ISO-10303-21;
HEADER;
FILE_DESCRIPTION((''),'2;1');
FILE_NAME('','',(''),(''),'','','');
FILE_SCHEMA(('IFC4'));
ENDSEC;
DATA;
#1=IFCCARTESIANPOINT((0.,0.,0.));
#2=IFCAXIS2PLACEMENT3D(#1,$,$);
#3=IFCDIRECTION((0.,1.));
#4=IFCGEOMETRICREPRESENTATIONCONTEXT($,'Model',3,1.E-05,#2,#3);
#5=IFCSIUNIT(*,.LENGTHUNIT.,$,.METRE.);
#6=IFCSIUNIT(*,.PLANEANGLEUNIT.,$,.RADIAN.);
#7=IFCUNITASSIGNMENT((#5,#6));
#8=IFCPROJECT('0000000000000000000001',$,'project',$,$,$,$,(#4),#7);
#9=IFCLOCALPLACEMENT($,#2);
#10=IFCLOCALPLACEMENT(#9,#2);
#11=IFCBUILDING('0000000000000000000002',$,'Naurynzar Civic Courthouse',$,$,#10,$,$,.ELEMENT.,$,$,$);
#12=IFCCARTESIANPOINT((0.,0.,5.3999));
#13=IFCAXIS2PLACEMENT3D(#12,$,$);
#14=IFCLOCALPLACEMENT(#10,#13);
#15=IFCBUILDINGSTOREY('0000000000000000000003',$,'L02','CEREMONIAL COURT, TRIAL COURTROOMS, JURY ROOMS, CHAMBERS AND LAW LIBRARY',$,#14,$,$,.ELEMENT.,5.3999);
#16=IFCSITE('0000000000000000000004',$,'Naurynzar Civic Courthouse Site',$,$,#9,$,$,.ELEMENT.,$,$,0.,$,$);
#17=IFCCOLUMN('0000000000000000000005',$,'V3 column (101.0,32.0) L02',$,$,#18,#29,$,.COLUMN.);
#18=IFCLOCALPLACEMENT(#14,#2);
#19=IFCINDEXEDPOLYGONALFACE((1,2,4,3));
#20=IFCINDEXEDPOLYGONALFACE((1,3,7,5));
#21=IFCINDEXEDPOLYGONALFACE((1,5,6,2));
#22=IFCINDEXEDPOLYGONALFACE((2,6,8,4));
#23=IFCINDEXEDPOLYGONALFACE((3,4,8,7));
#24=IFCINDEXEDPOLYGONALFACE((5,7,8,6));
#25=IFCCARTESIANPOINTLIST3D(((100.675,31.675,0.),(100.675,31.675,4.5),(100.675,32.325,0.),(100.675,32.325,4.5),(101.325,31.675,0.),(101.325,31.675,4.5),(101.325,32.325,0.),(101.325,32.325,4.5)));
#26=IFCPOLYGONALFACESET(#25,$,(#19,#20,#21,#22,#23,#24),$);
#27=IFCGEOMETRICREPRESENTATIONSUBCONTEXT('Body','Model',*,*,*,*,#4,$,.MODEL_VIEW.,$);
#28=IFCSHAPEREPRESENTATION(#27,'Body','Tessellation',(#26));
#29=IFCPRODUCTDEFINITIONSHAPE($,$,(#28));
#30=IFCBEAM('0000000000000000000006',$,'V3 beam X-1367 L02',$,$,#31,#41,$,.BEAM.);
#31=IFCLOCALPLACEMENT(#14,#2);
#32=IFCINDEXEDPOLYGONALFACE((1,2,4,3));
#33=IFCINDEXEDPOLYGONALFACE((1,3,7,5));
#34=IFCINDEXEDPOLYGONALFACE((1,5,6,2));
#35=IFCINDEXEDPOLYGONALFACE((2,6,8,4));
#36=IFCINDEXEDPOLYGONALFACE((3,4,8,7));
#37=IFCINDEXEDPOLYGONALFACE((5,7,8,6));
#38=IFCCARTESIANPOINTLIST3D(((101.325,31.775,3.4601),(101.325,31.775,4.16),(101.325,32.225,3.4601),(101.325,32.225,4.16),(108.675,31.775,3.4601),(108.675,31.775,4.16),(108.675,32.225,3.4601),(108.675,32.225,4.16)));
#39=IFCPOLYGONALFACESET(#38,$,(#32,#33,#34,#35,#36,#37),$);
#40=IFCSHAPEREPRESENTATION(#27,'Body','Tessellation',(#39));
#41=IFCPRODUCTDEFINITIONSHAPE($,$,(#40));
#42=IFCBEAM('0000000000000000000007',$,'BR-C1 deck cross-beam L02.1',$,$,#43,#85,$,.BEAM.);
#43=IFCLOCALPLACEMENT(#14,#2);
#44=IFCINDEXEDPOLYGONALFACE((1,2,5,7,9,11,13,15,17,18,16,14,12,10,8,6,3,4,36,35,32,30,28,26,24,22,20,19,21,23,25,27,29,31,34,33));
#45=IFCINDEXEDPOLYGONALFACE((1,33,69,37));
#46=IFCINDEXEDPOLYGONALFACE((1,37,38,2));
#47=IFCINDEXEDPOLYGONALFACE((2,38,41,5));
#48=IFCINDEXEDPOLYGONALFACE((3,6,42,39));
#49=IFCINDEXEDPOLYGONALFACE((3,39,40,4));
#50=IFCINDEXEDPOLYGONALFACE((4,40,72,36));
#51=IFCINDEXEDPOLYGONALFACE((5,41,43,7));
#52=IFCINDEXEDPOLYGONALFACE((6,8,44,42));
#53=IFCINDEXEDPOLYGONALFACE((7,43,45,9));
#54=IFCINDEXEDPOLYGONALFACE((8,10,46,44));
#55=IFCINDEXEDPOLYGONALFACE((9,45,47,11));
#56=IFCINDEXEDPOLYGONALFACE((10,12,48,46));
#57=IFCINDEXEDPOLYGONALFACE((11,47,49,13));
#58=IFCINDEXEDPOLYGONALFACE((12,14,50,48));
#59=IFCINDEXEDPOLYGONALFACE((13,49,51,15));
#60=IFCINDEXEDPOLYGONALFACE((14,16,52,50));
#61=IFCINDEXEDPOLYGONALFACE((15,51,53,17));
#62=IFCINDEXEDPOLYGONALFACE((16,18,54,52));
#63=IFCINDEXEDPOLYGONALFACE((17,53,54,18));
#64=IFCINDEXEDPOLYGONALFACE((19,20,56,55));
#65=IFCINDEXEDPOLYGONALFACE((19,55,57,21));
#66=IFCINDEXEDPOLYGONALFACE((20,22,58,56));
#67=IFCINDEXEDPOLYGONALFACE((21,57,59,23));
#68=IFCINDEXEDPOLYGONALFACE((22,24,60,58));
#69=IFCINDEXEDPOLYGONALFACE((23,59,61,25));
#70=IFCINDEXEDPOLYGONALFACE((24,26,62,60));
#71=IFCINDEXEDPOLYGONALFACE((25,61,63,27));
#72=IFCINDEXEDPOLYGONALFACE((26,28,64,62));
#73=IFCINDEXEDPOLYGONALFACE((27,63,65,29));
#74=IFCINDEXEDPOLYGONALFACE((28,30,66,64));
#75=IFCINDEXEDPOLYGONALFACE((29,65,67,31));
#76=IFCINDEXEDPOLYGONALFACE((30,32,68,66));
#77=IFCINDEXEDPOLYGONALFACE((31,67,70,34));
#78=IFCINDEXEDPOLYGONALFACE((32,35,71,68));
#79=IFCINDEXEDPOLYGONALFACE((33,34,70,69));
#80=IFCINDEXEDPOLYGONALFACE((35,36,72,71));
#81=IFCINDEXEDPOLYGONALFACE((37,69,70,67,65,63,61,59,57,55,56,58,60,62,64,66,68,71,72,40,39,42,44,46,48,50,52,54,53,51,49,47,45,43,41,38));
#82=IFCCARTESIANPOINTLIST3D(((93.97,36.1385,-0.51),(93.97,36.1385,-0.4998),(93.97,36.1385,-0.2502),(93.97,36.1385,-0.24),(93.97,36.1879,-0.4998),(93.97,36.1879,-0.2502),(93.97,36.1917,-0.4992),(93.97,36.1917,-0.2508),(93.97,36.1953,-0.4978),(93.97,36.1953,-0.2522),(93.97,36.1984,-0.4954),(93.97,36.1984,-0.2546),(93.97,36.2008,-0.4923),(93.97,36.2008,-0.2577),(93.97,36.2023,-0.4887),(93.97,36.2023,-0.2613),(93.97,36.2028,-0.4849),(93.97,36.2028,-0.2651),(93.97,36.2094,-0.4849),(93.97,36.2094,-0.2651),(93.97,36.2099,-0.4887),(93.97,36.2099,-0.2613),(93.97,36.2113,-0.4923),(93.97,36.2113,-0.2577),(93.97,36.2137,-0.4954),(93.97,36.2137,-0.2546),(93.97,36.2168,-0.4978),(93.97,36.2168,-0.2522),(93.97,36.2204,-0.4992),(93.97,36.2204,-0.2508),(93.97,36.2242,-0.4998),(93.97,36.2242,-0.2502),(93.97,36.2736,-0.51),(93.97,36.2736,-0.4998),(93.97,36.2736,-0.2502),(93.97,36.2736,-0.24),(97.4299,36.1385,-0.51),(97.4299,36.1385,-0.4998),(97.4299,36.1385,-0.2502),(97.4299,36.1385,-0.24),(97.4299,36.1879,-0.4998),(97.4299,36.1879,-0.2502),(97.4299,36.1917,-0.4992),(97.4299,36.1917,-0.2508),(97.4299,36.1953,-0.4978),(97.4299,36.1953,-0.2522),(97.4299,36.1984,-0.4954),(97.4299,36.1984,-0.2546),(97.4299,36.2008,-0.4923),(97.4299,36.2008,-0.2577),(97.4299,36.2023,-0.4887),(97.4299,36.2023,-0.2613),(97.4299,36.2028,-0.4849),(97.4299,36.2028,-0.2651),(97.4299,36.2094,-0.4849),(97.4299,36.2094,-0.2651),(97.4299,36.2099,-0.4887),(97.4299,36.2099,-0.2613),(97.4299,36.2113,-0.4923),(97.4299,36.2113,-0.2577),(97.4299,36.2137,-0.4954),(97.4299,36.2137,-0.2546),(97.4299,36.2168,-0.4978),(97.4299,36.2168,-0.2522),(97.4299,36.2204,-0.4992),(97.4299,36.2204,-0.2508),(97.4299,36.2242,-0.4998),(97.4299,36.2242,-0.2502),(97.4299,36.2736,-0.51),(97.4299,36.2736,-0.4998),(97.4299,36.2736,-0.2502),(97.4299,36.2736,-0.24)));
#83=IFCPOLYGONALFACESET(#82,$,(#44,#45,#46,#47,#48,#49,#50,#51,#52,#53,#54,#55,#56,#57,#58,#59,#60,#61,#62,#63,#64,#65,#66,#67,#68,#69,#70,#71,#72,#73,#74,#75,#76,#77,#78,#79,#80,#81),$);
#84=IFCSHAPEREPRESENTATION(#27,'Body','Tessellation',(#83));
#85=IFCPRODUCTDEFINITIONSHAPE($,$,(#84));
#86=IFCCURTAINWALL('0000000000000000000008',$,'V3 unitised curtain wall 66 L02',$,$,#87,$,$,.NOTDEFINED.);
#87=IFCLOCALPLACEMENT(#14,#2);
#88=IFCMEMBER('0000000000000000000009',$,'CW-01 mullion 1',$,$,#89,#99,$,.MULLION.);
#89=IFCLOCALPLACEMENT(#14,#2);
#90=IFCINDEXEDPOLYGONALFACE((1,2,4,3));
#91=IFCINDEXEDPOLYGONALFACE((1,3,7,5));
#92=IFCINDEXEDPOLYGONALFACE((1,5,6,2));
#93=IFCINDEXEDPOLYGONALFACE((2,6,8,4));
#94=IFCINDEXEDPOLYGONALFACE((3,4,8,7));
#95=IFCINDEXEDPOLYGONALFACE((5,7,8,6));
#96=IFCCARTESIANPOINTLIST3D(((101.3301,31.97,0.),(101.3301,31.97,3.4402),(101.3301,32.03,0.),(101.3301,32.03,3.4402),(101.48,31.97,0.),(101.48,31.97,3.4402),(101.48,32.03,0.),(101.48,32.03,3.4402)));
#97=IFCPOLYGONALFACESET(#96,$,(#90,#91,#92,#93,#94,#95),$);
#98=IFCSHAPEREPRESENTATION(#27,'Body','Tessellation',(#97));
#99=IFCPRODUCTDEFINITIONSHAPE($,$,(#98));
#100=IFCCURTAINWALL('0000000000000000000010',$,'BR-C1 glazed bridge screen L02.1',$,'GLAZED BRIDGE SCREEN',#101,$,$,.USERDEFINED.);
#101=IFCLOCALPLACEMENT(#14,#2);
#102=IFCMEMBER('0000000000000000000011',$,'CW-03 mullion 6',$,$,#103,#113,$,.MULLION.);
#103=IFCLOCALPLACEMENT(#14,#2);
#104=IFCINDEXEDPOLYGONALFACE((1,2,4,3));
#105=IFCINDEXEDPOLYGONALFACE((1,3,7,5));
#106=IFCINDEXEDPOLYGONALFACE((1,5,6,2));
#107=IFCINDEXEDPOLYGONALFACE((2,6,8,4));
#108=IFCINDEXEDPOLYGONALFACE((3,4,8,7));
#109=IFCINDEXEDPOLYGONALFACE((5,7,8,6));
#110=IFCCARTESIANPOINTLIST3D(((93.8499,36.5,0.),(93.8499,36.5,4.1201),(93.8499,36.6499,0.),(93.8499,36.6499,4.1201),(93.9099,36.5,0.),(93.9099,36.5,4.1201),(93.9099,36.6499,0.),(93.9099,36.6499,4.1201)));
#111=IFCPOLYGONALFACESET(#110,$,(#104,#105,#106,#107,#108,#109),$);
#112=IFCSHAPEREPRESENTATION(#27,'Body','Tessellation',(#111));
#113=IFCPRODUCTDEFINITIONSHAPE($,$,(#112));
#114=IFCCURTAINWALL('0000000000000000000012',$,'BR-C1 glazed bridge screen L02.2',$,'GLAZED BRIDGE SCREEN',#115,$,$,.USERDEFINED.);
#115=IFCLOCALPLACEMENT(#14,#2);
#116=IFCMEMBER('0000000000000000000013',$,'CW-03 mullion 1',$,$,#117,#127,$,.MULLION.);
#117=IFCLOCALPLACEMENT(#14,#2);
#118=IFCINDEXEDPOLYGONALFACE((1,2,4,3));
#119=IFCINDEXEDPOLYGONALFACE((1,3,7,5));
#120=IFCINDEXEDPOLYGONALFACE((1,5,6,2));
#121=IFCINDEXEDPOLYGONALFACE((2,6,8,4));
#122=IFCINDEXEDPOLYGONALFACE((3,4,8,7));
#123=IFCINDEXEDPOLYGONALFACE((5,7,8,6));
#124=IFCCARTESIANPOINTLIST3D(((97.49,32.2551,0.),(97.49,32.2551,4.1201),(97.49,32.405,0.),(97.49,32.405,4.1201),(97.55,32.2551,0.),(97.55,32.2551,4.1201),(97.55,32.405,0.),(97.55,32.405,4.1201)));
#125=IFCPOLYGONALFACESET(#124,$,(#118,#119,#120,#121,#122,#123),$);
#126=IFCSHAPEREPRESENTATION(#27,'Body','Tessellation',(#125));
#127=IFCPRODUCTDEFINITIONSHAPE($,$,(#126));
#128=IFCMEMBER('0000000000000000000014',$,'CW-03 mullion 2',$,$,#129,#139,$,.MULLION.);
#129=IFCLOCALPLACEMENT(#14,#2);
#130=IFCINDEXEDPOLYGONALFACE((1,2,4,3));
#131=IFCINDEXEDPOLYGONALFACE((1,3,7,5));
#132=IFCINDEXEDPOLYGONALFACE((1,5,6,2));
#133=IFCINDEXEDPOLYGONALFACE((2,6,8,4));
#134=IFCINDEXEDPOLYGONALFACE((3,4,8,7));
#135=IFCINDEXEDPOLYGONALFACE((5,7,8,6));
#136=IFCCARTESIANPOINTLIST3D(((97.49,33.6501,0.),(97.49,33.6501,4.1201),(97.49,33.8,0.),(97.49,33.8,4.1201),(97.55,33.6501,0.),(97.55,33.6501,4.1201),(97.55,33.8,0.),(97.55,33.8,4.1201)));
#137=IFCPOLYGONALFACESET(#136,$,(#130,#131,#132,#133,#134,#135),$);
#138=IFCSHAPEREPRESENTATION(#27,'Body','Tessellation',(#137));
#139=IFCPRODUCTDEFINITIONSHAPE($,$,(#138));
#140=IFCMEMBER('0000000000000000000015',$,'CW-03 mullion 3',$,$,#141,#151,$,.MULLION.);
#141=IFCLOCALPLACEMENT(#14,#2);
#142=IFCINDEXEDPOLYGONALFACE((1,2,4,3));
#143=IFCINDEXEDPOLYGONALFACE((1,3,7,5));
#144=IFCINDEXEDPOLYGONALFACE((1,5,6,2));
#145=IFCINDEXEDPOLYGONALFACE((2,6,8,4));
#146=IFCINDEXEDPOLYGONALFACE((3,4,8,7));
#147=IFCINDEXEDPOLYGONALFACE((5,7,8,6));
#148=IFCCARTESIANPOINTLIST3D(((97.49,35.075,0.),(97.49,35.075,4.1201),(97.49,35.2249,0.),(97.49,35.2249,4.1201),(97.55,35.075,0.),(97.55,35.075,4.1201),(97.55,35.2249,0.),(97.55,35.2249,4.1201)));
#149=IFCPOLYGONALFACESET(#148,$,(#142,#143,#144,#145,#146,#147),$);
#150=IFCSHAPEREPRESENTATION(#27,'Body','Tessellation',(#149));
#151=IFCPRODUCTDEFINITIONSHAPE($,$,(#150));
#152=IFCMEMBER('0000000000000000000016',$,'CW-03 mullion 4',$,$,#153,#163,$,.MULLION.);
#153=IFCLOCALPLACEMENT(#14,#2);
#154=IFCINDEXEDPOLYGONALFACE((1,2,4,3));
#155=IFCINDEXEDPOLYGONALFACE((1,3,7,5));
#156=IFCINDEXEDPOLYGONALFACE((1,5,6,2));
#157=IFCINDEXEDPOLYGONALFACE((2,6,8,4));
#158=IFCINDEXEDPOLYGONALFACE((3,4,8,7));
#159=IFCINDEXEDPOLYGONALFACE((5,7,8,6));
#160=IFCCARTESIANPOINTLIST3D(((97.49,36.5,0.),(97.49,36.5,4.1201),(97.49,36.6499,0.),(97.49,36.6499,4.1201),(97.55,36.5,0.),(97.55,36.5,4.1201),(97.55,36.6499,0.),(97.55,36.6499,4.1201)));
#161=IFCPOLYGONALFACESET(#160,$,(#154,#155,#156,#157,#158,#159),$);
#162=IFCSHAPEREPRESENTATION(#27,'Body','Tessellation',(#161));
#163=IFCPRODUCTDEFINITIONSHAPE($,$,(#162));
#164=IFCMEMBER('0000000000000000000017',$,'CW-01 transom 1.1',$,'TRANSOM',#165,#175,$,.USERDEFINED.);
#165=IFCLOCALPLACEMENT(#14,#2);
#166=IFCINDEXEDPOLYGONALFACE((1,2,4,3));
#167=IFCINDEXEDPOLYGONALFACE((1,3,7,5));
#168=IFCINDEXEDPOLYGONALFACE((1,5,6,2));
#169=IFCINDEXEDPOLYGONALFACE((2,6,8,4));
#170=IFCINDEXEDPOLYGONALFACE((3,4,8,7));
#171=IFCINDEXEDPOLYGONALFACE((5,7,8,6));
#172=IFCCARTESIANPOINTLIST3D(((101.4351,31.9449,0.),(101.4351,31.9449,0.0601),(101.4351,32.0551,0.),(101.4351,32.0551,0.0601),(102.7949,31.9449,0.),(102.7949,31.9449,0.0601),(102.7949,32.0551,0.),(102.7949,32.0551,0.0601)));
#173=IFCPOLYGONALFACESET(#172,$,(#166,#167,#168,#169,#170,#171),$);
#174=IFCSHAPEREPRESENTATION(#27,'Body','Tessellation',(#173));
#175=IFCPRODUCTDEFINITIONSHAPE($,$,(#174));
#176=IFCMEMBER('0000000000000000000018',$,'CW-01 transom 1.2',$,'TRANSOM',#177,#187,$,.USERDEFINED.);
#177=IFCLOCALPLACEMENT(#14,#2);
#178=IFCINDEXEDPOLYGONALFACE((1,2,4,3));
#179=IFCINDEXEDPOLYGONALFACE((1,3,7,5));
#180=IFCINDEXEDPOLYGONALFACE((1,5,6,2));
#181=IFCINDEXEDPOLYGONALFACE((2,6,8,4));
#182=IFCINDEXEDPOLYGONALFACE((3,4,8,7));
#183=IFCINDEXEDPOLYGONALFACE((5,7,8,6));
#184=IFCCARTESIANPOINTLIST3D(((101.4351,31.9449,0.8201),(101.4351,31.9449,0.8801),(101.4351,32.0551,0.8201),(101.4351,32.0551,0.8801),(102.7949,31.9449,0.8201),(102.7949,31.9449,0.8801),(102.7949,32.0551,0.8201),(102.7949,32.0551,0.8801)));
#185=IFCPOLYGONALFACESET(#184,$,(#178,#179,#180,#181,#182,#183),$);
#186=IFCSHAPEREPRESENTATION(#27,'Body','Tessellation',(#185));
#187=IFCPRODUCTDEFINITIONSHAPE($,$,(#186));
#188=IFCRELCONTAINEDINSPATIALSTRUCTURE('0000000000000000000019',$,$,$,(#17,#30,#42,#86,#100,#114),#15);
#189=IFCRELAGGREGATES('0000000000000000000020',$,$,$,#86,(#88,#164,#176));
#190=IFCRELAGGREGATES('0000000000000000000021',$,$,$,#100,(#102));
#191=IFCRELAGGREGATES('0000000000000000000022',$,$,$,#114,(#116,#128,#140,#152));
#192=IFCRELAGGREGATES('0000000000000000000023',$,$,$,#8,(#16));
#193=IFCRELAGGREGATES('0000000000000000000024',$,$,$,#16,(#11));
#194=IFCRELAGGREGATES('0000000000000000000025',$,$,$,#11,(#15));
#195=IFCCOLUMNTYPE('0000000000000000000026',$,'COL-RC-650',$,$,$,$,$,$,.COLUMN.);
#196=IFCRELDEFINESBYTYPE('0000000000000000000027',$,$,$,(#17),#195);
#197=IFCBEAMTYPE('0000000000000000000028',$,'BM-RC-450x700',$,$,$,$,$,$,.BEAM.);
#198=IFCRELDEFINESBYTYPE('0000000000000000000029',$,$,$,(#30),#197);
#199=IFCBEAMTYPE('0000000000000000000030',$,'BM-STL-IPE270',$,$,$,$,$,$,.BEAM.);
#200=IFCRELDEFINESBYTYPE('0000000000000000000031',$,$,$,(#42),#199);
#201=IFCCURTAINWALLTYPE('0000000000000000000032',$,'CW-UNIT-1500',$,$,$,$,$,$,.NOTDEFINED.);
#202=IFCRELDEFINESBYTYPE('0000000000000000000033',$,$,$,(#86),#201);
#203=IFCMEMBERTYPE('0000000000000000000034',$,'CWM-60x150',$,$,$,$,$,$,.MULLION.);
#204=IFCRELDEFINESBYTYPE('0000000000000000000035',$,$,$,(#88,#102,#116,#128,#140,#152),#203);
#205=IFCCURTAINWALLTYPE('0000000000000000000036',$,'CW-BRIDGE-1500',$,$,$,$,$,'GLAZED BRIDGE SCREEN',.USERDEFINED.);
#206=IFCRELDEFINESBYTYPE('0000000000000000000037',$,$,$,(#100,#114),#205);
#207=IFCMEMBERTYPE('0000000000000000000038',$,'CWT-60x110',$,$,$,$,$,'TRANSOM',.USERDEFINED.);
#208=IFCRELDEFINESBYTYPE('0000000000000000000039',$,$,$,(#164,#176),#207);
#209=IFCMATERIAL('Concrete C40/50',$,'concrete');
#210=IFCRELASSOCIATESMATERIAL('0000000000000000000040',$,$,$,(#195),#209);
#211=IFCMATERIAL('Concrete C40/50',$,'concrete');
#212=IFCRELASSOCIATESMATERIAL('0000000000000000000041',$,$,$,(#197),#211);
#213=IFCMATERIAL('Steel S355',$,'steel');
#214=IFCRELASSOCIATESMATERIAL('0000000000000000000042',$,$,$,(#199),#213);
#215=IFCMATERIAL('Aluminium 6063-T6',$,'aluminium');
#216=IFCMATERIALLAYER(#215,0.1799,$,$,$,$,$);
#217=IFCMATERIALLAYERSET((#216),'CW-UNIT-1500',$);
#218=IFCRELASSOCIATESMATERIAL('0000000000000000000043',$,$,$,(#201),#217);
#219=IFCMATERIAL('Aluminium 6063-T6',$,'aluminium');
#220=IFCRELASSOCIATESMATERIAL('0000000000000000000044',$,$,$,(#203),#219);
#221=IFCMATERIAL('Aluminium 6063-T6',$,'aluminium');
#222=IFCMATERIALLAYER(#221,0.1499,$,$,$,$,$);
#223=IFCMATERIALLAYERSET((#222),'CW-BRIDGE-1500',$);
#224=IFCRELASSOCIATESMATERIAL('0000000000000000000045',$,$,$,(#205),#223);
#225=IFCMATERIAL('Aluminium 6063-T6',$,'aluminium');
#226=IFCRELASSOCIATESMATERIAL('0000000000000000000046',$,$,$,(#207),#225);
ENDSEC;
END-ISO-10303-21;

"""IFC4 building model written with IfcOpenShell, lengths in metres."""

from ifc_helpers import new_model, si_unit, direction, frame, origin, origin_2d, place, context, subcontext, project, spatial, rectangle, i_section, extrude, material, layer, layer_set, material_profile, profile_set, type_object, element, aggregate, save


model = new_model("IFC4")

# Units and contexts
model_context = context("Model", 3, precision=1e-05, world=origin(), true_north=direction((0.0, 1.0)))
body_context = subcontext(model_context, "Body", "Model", "MODEL_VIEW")
ifc_project = project(units=[si_unit("LENGTHUNIT", "METRE"), si_unit("PLANEANGLEUNIT", "RADIAN")], contexts=[model_context])

# Site, building, storey
site_placement = place(None, origin())
site = spatial("IfcSite", under=ifc_project, at=site_placement, Name="Naurynzar Civic Courthouse Site", CompositionType="ELEMENT", RefElevation=0.0)
building_placement = place(site_placement, origin())
building = spatial("IfcBuilding", under=site, at=building_placement, Name="Naurynzar Civic Courthouse", CompositionType="ELEMENT")
storey_placement = place(building_placement, frame((0.0, 0.0, 5.3999)))
storey = spatial("IfcBuildingStorey", under=building, at=storey_placement, Name="L02", Description="CEREMONIAL COURT, TRIAL COURTROOMS, JURY ROOMS, CHAMBERS AND LAW LIBRARY", CompositionType="ELEMENT", Elevation=5.3999)

# Column
ifc_material_1 = material(Name="Concrete C40/50", Category="concrete")
ifc_material_profile_1 = material_profile(ifc_material_1, rectangle(XDim=0.6499, YDim=0.6499, at=origin_2d()), Name="RC 650x650")
ifc_profile_set_1 = profile_set([ifc_material_profile_1], Name="Concrete C40/50")
column_type = type_object("IfcColumnType", Name="COL-RC-650", PredefinedType="COLUMN", material=ifc_profile_set_1)
column_placement = place(storey_placement, frame((101.0, 32.0, 0.0), z_axis=(0.0, 0.0, 1.0), x_axis=(1.0, 0.0, 0.0)))
element("IfcColumn", 1, at=column_placement, inside=storey, type_object=column_type, Name="V3 column (101.0,32.0) L02", PredefinedType="COLUMN", context=body_context, shape_type="SweptSolid", body=[
    extrude(rectangle(XDim=0.6499, YDim=0.6499, at=origin_2d()), origin(), (0.0, 0.0, 1.0), 4.5),
])

# Beams
ifc_material_2 = material(Name="Concrete C40/50", Category="concrete")
ifc_material_profile_2 = material_profile(ifc_material_2, rectangle(XDim=0.45, YDim=0.7, at=origin_2d()), Name="RCB 450x700")
ifc_profile_set_2 = profile_set([ifc_material_profile_2], Name="Concrete C40/50")
beam_type_1 = type_object("IfcBeamType", Name="BM-RC-450x700", PredefinedType="BEAM", material=ifc_profile_set_2)
beam_1_placement = place(storey_placement, frame((101.325, 32.0, 3.8101), z_axis=(1.0, 0.0, 0.0), x_axis=(0.0, 1.0, 0.0)))
element("IfcBeam", 2, at=beam_1_placement, inside=storey, type_object=beam_type_1, Name="V3 beam X-1367 L02", PredefinedType="BEAM", context=body_context, shape_type="SweptSolid", body=[
    extrude(rectangle(XDim=0.45, YDim=0.7, at=origin_2d()), origin(), (0.0, 0.0, 1.0), 7.3501),
])
ifc_material_3 = material(Name="Steel S355", Category="steel")
ifc_material_profile_3 = material_profile(ifc_material_3, i_section(OverallWidth=0.135, OverallDepth=0.27, WebThickness=0.0066, FlangeThickness=0.0103, FilletRadius=0.0149, at=origin_2d()), Name="IPE 270")
ifc_profile_set_3 = profile_set([ifc_material_profile_3], Name="Steel S355")
beam_type_2 = type_object("IfcBeamType", Name="BM-STL-IPE270", PredefinedType="BEAM", material=ifc_profile_set_3)
beam_2_placement = place(storey_placement, frame((93.97, 36.2061, -0.375), z_axis=(1.0, 0.0, 0.0), x_axis=(0.0, 1.0, 0.0)))
element("IfcBeam", 3, at=beam_2_placement, inside=storey, type_object=beam_type_2, Name="BR-C1 deck cross-beam L02.1", PredefinedType="BEAM", context=body_context, shape_type="SweptSolid", body=[
    extrude(i_section(OverallWidth=0.135, OverallDepth=0.27, WebThickness=0.0066, FlangeThickness=0.0103, FilletRadius=0.0149, at=origin_2d()), origin(), (0.0, 0.0, 1.0), 3.46),
])

# Curtain walls, members
ifc_material_4 = material(Name="Aluminium 6063-T6", Category="aluminium")
ifc_layer_1 = layer(ifc_material_4, 0.1799)
ifc_layer_set_1 = layer_set([ifc_layer_1], Name="CW-UNIT-1500")
curtain_wall_type_1 = type_object("IfcCurtainWallType", Name="CW-UNIT-1500", PredefinedType="NOTDEFINED", material=ifc_layer_set_1)
curtain_wall_1_placement = place(storey_placement, origin())
curtain_wall_1 = element("IfcCurtainWall", 4, at=curtain_wall_1_placement, inside=storey, type_object=curtain_wall_type_1, Name="V3 unitised curtain wall 66 L02", PredefinedType="NOTDEFINED")
ifc_material_5 = material(Name="Aluminium 6063-T6", Category="aluminium")
ifc_material_profile_4 = material_profile(ifc_material_5, rectangle(XDim=0.0601, YDim=0.1499, at=origin_2d()), Name="ALU MULLION 60x150")
ifc_profile_set_4 = profile_set([ifc_material_profile_4], Name="Aluminium 6063-T6")
member_type_1 = type_object("IfcMemberType", Name="CWM-60x150", PredefinedType="MULLION", material=ifc_profile_set_4)
member_1_placement = place(storey_placement, frame((101.405, 32.0, 0.0), z_axis=(0.0, 0.0, 1.0), x_axis=(0.0, 1.0, 0.0)))
member_1 = element("IfcMember", 5, at=member_1_placement, type_object=member_type_1, Name="CW-01 mullion 1", PredefinedType="MULLION", context=body_context, shape_type="SweptSolid", body=[
    extrude(rectangle(XDim=0.0601, YDim=0.1499, at=origin_2d()), origin(), (0.0, 0.0, 1.0), 3.4402),
])
ifc_material_6 = material(Name="Aluminium 6063-T6", Category="aluminium")
ifc_layer_2 = layer(ifc_material_6, 0.1499)
ifc_layer_set_2 = layer_set([ifc_layer_2], Name="CW-BRIDGE-1500")
curtain_wall_type_2 = type_object("IfcCurtainWallType", Name="CW-BRIDGE-1500", ElementType="GLAZED BRIDGE SCREEN", PredefinedType="USERDEFINED", material=ifc_layer_set_2)
curtain_wall_2_placement = place(storey_placement, origin())
curtain_wall_2 = element("IfcCurtainWall", 6, at=curtain_wall_2_placement, inside=storey, type_object=curtain_wall_type_2, Name="BR-C1 glazed bridge screen L02.1", ObjectType="GLAZED BRIDGE SCREEN", PredefinedType="USERDEFINED")
member_2_placement = place(storey_placement, frame((93.8799, 36.575, 0.0), z_axis=(0.0, 0.0, 1.0), x_axis=(1.0, 0.0, 0.0)))
member_2 = element("IfcMember", 7, at=member_2_placement, type_object=member_type_1, Name="CW-03 mullion 6", PredefinedType="MULLION", context=body_context, shape_type="SweptSolid", body=[
    extrude(rectangle(XDim=0.0601, YDim=0.1499, at=origin_2d()), origin(), (0.0, 0.0, 1.0), 4.1201),
])

# Curtain wall, members
curtain_wall_3_placement = place(storey_placement, origin())
curtain_wall_3 = element("IfcCurtainWall", 8, at=curtain_wall_3_placement, inside=storey, type_object=curtain_wall_type_2, Name="BR-C1 glazed bridge screen L02.2", ObjectType="GLAZED BRIDGE SCREEN", PredefinedType="USERDEFINED")
member_3_placement = place(storey_placement, frame((97.52, 32.3301, 0.0), z_axis=(0.0, 0.0, 1.0), x_axis=(-1.0, 0.0, 0.0)))
member_3 = element("IfcMember", 9, at=member_3_placement, type_object=member_type_1, Name="CW-03 mullion 1", PredefinedType="MULLION", context=body_context, shape_type="SweptSolid", body=[
    extrude(rectangle(XDim=0.0601, YDim=0.1499, at=origin_2d()), origin(), (0.0, 0.0, 1.0), 4.1201),
])
member_4_placement = place(storey_placement, frame((97.52, 33.7251, 0.0), z_axis=(0.0, 0.0, 1.0), x_axis=(-1.0, 0.0, 0.0)))
member_4 = element("IfcMember", 10, at=member_4_placement, type_object=member_type_1, Name="CW-03 mullion 2", PredefinedType="MULLION", context=body_context, shape_type="SweptSolid", body=[
    extrude(rectangle(XDim=0.0601, YDim=0.1499, at=origin_2d()), origin(), (0.0, 0.0, 1.0), 4.1201),
])
member_5_placement = place(storey_placement, frame((97.52, 35.1499, 0.0), z_axis=(0.0, 0.0, 1.0), x_axis=(-1.0, 0.0, 0.0)))
member_5 = element("IfcMember", 11, at=member_5_placement, type_object=member_type_1, Name="CW-03 mullion 3", PredefinedType="MULLION", context=body_context, shape_type="SweptSolid", body=[
    extrude(rectangle(XDim=0.0601, YDim=0.1499, at=origin_2d()), origin(), (0.0, 0.0, 1.0), 4.1201),
])
member_6_placement = place(storey_placement, frame((97.52, 36.575, 0.0), z_axis=(0.0, 0.0, 1.0), x_axis=(-1.0, 0.0, 0.0)))
member_6 = element("IfcMember", 12, at=member_6_placement, type_object=member_type_1, Name="CW-03 mullion 4", PredefinedType="MULLION", context=body_context, shape_type="SweptSolid", body=[
    extrude(rectangle(XDim=0.0601, YDim=0.1499, at=origin_2d()), origin(), (0.0, 0.0, 1.0), 4.1201),
])

# Members
ifc_material_7 = material(Name="Aluminium 6063-T6", Category="aluminium")
ifc_material_profile_5 = material_profile(ifc_material_7, rectangle(XDim=0.1101, YDim=0.0601, at=origin_2d()), Name="ALU TRANSOM 60x110")
ifc_profile_set_5 = profile_set([ifc_material_profile_5], Name="Aluminium 6063-T6")
member_type_2 = type_object("IfcMemberType", Name="CWT-60x110", ElementType="TRANSOM", PredefinedType="USERDEFINED", material=ifc_profile_set_5)
member_7_placement = place(storey_placement, frame((101.4351, 32.0, 0.03), z_axis=(1.0, 0.0, 0.0), x_axis=(0.0, 1.0, 0.0)))
member_7 = element("IfcMember", 13, at=member_7_placement, type_object=member_type_2, Name="CW-01 transom 1.1", ObjectType="TRANSOM", PredefinedType="USERDEFINED", context=body_context, shape_type="SweptSolid", body=[
    extrude(rectangle(XDim=0.1101, YDim=0.0601, at=origin_2d()), origin(), (0.0, 0.0, 1.0), 1.3599),
])
member_8_placement = place(storey_placement, frame((101.4351, 32.0, 0.8501), z_axis=(1.0, 0.0, 0.0), x_axis=(0.0, 1.0, 0.0)))
member_8 = element("IfcMember", 14, at=member_8_placement, type_object=member_type_2, Name="CW-01 transom 1.2", ObjectType="TRANSOM", PredefinedType="USERDEFINED", context=body_context, shape_type="SweptSolid", body=[
    extrude(rectangle(XDim=0.1101, YDim=0.0601, at=origin_2d()), origin(), (0.0, 0.0, 1.0), 1.3599),
])
aggregate(curtain_wall_1, [member_1, member_7, member_8])
aggregate(curtain_wall_2, [member_2])

aggregate(curtain_wall_3, [member_3, member_4, member_5, member_6])

save(model, "model.ifc")
